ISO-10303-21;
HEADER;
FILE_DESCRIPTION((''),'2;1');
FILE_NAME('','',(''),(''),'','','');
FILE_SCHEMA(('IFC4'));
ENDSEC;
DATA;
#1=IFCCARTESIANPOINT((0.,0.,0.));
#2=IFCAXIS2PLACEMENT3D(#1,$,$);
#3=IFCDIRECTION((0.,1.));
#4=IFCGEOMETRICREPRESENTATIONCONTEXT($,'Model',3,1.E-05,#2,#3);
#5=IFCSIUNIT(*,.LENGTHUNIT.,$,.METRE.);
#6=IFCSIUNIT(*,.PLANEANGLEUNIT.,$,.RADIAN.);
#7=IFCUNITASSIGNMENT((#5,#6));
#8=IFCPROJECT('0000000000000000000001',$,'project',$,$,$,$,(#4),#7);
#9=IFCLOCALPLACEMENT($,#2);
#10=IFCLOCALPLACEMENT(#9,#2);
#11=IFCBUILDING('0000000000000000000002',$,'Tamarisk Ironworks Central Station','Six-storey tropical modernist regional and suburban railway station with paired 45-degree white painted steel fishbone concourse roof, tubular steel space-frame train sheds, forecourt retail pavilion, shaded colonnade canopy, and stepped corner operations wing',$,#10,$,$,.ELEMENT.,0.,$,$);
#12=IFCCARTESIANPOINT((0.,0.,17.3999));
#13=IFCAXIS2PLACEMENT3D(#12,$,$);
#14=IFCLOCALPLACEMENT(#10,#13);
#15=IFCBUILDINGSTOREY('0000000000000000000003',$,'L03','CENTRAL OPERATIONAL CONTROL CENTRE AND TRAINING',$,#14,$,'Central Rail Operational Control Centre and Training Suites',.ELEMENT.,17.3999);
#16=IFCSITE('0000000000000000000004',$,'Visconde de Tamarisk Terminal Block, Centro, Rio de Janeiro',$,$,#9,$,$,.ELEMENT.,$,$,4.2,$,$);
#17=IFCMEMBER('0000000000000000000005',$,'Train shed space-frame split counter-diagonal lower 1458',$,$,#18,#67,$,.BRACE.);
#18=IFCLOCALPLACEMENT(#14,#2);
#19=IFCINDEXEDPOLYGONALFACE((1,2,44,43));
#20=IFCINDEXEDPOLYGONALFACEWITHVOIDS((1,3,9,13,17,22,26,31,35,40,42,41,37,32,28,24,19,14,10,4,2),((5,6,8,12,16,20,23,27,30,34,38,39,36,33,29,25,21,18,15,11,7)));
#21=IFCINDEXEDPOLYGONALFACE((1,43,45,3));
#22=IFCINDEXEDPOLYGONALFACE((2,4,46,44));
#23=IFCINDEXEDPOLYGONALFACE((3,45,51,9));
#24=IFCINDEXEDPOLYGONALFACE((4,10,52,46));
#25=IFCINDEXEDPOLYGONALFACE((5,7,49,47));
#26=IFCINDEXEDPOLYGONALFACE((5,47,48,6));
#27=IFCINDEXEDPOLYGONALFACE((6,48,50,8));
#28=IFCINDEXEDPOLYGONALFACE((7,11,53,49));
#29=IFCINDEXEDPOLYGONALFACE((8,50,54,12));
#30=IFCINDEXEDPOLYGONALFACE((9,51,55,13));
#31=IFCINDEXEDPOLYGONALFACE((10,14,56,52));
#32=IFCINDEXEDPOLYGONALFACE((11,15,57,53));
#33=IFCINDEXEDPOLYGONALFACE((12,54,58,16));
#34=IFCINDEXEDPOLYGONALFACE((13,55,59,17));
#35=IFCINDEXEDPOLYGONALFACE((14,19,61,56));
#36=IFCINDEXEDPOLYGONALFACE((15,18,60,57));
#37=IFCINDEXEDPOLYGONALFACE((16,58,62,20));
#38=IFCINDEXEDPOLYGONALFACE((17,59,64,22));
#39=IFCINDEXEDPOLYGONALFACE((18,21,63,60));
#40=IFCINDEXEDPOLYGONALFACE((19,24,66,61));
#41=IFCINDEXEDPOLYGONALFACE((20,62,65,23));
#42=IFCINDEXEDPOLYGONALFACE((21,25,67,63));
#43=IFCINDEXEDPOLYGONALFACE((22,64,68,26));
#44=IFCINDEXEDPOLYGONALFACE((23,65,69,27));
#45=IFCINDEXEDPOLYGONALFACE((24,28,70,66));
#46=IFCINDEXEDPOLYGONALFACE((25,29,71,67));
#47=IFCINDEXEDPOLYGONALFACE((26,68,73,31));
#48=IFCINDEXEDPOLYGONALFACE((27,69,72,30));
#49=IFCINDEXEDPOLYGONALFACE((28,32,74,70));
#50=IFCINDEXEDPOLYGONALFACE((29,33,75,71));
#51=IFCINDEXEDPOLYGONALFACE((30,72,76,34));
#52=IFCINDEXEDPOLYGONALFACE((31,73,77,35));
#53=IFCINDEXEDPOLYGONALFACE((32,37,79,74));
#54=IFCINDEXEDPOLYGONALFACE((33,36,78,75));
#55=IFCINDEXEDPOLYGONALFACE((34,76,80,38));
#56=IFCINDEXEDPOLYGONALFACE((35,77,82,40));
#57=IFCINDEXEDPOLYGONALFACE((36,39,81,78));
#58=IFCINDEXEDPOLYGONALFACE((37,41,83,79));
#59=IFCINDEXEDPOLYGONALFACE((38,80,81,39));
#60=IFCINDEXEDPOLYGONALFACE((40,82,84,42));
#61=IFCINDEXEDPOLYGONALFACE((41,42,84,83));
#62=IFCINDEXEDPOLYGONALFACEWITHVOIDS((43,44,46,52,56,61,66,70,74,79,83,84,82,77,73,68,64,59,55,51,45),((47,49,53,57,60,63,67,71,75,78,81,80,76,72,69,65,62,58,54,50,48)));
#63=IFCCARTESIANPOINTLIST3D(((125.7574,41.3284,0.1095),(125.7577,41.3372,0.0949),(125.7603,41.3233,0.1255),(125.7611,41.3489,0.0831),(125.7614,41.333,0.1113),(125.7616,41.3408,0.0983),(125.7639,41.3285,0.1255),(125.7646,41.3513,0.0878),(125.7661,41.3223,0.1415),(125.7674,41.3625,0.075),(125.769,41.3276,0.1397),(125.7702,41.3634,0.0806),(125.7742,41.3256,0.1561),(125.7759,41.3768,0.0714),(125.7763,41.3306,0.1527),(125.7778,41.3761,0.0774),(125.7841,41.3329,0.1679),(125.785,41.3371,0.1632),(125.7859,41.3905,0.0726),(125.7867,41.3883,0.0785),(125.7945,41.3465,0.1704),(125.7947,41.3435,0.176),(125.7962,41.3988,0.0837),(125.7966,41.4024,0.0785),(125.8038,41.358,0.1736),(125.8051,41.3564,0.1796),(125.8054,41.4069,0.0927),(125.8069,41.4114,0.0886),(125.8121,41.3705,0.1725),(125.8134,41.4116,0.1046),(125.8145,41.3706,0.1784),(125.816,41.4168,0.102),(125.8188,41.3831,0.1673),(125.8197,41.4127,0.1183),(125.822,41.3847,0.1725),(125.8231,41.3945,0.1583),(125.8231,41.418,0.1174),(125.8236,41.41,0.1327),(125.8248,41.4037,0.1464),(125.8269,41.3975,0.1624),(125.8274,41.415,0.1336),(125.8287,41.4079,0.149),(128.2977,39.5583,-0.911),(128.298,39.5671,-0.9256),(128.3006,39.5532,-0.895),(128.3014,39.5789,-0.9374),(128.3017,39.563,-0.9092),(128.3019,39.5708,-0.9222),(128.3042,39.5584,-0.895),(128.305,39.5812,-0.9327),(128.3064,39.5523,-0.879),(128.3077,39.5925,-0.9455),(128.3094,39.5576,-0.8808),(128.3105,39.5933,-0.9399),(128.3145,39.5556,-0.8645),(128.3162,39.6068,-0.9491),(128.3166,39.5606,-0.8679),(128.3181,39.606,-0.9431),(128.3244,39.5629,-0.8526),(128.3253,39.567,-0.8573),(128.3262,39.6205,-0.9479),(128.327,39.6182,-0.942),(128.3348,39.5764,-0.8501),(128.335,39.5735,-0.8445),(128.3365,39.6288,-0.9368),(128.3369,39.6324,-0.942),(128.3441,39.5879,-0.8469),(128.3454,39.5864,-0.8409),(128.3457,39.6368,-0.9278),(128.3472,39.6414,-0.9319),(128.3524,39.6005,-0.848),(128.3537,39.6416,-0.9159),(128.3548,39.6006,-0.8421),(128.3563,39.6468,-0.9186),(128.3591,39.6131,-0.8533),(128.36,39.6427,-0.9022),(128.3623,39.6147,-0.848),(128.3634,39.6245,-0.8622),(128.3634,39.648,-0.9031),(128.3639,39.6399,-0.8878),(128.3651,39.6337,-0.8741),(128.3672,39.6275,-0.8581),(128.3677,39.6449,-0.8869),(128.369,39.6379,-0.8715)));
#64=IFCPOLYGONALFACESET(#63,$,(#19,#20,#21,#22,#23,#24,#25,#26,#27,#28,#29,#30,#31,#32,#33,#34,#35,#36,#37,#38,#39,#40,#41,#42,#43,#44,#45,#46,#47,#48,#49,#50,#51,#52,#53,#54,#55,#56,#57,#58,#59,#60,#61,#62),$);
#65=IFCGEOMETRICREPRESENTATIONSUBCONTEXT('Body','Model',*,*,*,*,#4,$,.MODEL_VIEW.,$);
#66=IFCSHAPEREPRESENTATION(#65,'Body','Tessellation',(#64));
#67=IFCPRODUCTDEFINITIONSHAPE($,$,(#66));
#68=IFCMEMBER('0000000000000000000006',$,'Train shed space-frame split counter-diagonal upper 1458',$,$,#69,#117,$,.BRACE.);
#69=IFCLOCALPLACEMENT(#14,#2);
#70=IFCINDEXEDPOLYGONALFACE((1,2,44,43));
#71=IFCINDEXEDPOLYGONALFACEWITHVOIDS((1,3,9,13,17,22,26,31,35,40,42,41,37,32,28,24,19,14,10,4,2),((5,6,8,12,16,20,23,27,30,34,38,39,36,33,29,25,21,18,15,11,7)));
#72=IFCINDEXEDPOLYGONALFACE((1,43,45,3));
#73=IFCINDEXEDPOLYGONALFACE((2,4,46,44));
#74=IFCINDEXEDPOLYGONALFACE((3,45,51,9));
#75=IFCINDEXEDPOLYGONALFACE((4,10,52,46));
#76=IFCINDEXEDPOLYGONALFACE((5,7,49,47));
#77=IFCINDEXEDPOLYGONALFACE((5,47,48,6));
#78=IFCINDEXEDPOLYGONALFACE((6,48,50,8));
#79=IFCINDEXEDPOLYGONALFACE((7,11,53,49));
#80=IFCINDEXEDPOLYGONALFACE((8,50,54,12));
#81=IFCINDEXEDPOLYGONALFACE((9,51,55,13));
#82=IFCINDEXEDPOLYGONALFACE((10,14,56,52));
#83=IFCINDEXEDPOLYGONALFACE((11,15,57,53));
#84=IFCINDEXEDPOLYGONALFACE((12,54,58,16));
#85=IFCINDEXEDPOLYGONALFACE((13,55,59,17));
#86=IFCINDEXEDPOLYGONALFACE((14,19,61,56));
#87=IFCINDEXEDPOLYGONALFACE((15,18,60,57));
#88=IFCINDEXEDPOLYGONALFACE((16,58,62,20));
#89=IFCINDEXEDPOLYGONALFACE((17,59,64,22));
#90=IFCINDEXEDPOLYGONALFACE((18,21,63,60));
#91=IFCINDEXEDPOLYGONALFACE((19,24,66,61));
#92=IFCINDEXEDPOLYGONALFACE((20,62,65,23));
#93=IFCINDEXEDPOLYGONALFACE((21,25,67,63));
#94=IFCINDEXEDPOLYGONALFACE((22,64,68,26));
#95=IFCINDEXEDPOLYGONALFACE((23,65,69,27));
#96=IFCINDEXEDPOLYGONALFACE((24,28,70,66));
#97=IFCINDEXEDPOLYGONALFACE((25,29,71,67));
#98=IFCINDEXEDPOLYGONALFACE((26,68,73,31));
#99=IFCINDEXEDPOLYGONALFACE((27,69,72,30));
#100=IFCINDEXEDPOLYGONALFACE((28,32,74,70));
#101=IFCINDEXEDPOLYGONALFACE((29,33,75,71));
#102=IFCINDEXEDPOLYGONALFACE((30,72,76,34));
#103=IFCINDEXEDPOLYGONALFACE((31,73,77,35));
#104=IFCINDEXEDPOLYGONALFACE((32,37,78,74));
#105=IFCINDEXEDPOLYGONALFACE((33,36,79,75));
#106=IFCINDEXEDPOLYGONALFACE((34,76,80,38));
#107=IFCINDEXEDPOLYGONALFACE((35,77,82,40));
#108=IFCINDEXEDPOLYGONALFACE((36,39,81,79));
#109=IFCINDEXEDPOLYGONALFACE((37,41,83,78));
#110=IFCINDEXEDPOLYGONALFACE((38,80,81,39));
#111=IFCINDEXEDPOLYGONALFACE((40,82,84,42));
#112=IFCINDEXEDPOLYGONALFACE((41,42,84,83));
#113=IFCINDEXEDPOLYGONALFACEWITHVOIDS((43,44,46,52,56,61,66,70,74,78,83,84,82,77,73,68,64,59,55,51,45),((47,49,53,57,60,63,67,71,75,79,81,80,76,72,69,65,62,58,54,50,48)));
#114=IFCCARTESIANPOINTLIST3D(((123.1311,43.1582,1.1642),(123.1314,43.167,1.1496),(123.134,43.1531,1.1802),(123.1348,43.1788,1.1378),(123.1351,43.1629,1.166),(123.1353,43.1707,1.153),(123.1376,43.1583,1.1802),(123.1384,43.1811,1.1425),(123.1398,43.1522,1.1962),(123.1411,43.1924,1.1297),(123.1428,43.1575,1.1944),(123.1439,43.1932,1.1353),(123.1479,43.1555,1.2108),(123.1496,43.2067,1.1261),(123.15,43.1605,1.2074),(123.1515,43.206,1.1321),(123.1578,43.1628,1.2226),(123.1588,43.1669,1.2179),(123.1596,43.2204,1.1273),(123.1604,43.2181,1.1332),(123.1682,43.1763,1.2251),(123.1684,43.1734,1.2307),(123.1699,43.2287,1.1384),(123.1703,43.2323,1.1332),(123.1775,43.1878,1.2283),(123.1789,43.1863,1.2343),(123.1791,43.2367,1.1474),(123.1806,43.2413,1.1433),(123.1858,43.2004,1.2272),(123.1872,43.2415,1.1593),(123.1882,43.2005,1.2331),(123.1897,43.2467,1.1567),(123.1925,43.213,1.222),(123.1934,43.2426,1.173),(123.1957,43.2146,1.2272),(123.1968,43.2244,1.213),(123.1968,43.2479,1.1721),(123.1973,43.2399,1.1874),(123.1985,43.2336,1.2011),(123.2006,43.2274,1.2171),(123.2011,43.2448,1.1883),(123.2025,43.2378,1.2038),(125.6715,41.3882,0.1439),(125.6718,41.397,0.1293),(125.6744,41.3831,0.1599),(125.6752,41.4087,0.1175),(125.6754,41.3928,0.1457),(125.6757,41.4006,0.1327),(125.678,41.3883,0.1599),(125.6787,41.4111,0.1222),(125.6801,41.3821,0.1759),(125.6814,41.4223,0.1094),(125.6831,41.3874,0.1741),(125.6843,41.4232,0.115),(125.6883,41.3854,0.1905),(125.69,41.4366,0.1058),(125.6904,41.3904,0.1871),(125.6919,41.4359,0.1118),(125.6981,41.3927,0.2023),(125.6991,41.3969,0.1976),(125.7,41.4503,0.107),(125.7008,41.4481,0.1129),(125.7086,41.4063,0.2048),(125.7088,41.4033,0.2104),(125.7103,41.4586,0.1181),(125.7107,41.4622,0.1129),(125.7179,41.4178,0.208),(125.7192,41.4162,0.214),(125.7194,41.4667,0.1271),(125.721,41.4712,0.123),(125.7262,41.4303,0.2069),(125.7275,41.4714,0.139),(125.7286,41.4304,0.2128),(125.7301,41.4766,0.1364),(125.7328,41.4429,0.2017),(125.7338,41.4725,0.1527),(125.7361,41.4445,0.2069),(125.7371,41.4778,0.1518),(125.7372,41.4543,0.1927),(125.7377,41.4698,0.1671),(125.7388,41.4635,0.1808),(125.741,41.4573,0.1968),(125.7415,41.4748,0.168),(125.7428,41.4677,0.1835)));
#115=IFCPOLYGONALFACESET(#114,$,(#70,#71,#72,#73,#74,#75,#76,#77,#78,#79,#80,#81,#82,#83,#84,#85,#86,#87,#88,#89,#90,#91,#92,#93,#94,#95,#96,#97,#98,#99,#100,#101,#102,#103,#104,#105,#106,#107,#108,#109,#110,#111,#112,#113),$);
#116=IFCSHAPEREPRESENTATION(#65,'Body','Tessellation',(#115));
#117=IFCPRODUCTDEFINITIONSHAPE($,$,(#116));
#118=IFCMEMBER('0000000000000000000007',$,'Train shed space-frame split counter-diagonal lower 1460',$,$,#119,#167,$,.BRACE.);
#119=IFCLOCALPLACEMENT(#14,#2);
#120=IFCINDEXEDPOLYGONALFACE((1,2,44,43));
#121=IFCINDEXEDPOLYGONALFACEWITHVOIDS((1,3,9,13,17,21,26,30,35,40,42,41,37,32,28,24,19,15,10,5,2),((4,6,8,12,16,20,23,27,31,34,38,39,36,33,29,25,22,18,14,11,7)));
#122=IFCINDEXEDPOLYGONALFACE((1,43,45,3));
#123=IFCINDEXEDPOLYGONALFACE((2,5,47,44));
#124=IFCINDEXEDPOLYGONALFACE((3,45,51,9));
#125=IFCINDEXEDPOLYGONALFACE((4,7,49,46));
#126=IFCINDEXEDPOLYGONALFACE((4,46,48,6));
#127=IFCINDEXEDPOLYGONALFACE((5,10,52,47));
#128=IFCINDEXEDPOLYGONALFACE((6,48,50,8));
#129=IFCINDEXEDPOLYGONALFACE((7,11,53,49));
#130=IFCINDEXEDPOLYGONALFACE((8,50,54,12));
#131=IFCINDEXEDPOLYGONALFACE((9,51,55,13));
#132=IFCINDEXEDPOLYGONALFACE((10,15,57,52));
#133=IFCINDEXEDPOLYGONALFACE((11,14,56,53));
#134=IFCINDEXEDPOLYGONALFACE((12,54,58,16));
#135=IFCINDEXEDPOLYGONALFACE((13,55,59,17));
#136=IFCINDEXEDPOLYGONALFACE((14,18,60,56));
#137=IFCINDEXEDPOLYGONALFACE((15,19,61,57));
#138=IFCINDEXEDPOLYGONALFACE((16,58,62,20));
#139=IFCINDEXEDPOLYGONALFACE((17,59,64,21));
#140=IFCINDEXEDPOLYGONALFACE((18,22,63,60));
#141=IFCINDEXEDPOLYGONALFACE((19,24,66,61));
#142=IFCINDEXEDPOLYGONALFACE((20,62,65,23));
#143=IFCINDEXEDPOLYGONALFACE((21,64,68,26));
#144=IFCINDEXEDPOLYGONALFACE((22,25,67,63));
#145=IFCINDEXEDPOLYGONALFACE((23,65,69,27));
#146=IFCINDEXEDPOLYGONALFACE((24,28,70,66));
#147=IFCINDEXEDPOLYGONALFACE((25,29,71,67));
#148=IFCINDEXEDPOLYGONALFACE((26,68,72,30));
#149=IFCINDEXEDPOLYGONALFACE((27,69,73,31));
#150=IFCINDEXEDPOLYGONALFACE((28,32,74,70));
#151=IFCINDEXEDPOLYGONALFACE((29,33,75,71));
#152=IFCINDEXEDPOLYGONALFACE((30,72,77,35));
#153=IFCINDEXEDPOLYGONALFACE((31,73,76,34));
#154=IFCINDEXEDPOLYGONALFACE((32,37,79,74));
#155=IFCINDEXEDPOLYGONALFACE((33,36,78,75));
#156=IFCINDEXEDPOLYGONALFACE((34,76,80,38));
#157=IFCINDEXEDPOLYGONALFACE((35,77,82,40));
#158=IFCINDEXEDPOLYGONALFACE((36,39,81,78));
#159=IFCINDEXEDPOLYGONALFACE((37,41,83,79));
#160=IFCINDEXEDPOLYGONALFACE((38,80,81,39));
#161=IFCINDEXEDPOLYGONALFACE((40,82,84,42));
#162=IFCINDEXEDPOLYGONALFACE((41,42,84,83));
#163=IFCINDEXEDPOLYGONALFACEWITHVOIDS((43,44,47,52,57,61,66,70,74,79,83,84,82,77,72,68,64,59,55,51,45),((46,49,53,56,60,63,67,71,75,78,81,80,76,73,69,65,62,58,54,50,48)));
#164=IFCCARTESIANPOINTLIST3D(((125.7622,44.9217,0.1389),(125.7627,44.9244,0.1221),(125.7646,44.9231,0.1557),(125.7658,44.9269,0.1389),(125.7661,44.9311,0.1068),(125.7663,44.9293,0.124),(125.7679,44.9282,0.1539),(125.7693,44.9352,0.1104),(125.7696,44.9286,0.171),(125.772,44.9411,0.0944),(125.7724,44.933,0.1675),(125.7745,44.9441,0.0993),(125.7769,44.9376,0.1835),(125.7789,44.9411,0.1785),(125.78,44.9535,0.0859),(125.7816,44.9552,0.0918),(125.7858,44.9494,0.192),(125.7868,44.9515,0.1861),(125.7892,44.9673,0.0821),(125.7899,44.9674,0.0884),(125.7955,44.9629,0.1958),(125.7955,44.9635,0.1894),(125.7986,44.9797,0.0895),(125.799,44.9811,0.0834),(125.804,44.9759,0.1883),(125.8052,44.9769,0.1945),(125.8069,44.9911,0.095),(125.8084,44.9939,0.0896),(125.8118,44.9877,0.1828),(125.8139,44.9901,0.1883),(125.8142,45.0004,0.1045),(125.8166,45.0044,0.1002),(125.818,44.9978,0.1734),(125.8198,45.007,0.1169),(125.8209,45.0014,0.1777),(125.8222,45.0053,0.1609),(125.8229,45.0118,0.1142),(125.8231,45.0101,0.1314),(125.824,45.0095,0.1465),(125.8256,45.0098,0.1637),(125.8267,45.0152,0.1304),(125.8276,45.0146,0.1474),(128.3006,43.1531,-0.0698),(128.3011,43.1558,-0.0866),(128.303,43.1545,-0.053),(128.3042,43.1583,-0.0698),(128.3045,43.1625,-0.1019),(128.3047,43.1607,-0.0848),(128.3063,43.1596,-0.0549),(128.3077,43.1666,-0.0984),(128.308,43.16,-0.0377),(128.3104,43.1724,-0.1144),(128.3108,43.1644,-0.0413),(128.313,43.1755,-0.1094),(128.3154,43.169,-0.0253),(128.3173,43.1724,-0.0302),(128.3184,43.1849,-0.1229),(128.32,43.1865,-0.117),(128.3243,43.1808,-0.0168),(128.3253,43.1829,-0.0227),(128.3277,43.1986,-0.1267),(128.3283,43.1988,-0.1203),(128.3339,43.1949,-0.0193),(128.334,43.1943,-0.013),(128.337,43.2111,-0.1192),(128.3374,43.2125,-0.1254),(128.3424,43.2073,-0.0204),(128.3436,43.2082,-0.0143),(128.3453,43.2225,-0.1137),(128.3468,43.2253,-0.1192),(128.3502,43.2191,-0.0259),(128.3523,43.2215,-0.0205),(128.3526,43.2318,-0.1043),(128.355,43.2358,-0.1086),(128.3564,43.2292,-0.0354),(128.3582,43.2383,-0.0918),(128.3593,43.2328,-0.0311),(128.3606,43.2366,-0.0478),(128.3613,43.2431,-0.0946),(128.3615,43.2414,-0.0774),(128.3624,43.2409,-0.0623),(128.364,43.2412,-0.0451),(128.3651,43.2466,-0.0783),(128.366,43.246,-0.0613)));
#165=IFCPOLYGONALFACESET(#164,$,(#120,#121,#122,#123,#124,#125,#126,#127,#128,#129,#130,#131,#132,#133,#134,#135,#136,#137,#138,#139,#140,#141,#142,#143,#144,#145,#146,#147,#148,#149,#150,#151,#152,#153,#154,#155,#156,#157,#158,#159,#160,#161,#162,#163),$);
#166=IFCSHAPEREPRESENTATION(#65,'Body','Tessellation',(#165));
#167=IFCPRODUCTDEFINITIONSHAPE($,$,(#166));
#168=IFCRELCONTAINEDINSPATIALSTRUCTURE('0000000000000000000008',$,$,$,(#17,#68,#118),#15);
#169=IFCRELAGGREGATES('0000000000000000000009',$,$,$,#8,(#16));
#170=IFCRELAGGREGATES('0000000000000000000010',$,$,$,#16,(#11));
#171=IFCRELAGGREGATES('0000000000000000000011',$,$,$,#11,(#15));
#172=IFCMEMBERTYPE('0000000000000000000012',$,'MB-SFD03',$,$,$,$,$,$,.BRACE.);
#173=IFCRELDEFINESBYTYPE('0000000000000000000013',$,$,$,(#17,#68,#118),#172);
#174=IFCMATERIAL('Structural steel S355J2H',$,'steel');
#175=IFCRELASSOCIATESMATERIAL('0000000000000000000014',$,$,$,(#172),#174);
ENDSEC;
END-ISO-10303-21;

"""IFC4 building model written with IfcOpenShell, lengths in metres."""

from ifc_helpers import new_model, si_unit, direction, frame, origin, origin_2d, place, context, subcontext, project, spatial, hollow_circle, extrude, material, material_profile, profile_set, type_object, element, save


model = new_model("IFC4")

# Units and contexts
model_context = context("Model", 3, precision=1e-05, world=origin(), true_north=direction((0.0, 1.0)))
body_context = subcontext(model_context, "Body", "Model", "MODEL_VIEW")
ifc_project = project(units=[si_unit("LENGTHUNIT", "METRE"), si_unit("PLANEANGLEUNIT", "RADIAN")], contexts=[model_context])

# Site, building, storey
site_placement = place(None, origin())
site = spatial("IfcSite", under=ifc_project, at=site_placement, Name="Visconde de Tamarisk Terminal Block, Centro, Rio de Janeiro", CompositionType="ELEMENT", RefElevation=4.2)
building_placement = place(site_placement, origin())
building = spatial("IfcBuilding", under=site, at=building_placement, Name="Tamarisk Ironworks Central Station", Description="Six-storey tropical modernist regional and suburban railway station with paired 45-degree white painted steel fishbone concourse roof, tubular steel space-frame train sheds, forecourt retail pavilion, shaded colonnade canopy, and stepped corner operations wing", CompositionType="ELEMENT", ElevationOfRefHeight=0.0)
storey_placement = place(building_placement, frame((0.0, 0.0, 17.3999)))
storey = spatial("IfcBuildingStorey", under=building, at=storey_placement, Name="L03", Description="CENTRAL OPERATIONAL CONTROL CENTRE AND TRAINING", LongName="Central Rail Operational Control Centre and Training Suites", CompositionType="ELEMENT", Elevation=17.3999)

# Members
ifc_material_1 = material(Name="Structural steel S355J2H", Category="steel")
ifc_material_profile_1 = material_profile(ifc_material_1, hollow_circle(Radius=0.0571, WallThickness=0.0063, at=origin_2d()), Name="CHS 114.3x6.3")
ifc_profile_set_1 = profile_set([ifc_material_profile_1], Name="Structural steel S355J2H")
member_type_1 = type_object("IfcMemberType", Name="MB-SFD03", PredefinedType="BRACE", material=ifc_profile_set_1)
for number, where, z_axis, x_axis, name in (
    (1, (128.3333, 39.6001, -0.895), (-0.779234, 0.542955, 0.313042), (-0.571688, -0.820471, 0.0), "Train shed space-frame split counter-diagonal lower 1458"),
    (2, (125.707, 41.4299, 0.1599), (-0.779252, 0.542967, 0.312974), (-0.571688, -0.820471, 0.0), "Train shed space-frame split counter-diagonal upper 1458"),
):
    element("IfcMember", number, at=place(storey_placement, frame(where, z_axis=z_axis, x_axis=x_axis)), inside=storey, type_object=member_type_1, Name=name, PredefinedType="BRACE", context=body_context, shape_type="SweptSolid", body=[
        extrude(hollow_circle(Radius=0.0571, WallThickness=0.0063, at=origin_2d()), origin(), (0.0, 0.0, 1.0), 3.26),
    ])
for number, where, z_axis, x_axis, name in (
    (3, (128.3333, 43.2, -0.0698), (-0.818625, 0.570369, 0.06732), (-0.571666, -0.820487, 0.0), "Train shed space-frame split counter-diagonal lower 1460"),
):
    element("IfcMember", number, at=place(storey_placement, frame(where, z_axis=z_axis, x_axis=x_axis)), inside=storey, type_object=member_type_1, Name=name, PredefinedType="BRACE", context=body_context, shape_type="SweptSolid", body=[
        extrude(hollow_circle(Radius=0.0571, WallThickness=0.0063, at=origin_2d()), origin(), (0.0, 0.0, 1.0), 3.1008),
    ])

save(model, "model.ifc")
